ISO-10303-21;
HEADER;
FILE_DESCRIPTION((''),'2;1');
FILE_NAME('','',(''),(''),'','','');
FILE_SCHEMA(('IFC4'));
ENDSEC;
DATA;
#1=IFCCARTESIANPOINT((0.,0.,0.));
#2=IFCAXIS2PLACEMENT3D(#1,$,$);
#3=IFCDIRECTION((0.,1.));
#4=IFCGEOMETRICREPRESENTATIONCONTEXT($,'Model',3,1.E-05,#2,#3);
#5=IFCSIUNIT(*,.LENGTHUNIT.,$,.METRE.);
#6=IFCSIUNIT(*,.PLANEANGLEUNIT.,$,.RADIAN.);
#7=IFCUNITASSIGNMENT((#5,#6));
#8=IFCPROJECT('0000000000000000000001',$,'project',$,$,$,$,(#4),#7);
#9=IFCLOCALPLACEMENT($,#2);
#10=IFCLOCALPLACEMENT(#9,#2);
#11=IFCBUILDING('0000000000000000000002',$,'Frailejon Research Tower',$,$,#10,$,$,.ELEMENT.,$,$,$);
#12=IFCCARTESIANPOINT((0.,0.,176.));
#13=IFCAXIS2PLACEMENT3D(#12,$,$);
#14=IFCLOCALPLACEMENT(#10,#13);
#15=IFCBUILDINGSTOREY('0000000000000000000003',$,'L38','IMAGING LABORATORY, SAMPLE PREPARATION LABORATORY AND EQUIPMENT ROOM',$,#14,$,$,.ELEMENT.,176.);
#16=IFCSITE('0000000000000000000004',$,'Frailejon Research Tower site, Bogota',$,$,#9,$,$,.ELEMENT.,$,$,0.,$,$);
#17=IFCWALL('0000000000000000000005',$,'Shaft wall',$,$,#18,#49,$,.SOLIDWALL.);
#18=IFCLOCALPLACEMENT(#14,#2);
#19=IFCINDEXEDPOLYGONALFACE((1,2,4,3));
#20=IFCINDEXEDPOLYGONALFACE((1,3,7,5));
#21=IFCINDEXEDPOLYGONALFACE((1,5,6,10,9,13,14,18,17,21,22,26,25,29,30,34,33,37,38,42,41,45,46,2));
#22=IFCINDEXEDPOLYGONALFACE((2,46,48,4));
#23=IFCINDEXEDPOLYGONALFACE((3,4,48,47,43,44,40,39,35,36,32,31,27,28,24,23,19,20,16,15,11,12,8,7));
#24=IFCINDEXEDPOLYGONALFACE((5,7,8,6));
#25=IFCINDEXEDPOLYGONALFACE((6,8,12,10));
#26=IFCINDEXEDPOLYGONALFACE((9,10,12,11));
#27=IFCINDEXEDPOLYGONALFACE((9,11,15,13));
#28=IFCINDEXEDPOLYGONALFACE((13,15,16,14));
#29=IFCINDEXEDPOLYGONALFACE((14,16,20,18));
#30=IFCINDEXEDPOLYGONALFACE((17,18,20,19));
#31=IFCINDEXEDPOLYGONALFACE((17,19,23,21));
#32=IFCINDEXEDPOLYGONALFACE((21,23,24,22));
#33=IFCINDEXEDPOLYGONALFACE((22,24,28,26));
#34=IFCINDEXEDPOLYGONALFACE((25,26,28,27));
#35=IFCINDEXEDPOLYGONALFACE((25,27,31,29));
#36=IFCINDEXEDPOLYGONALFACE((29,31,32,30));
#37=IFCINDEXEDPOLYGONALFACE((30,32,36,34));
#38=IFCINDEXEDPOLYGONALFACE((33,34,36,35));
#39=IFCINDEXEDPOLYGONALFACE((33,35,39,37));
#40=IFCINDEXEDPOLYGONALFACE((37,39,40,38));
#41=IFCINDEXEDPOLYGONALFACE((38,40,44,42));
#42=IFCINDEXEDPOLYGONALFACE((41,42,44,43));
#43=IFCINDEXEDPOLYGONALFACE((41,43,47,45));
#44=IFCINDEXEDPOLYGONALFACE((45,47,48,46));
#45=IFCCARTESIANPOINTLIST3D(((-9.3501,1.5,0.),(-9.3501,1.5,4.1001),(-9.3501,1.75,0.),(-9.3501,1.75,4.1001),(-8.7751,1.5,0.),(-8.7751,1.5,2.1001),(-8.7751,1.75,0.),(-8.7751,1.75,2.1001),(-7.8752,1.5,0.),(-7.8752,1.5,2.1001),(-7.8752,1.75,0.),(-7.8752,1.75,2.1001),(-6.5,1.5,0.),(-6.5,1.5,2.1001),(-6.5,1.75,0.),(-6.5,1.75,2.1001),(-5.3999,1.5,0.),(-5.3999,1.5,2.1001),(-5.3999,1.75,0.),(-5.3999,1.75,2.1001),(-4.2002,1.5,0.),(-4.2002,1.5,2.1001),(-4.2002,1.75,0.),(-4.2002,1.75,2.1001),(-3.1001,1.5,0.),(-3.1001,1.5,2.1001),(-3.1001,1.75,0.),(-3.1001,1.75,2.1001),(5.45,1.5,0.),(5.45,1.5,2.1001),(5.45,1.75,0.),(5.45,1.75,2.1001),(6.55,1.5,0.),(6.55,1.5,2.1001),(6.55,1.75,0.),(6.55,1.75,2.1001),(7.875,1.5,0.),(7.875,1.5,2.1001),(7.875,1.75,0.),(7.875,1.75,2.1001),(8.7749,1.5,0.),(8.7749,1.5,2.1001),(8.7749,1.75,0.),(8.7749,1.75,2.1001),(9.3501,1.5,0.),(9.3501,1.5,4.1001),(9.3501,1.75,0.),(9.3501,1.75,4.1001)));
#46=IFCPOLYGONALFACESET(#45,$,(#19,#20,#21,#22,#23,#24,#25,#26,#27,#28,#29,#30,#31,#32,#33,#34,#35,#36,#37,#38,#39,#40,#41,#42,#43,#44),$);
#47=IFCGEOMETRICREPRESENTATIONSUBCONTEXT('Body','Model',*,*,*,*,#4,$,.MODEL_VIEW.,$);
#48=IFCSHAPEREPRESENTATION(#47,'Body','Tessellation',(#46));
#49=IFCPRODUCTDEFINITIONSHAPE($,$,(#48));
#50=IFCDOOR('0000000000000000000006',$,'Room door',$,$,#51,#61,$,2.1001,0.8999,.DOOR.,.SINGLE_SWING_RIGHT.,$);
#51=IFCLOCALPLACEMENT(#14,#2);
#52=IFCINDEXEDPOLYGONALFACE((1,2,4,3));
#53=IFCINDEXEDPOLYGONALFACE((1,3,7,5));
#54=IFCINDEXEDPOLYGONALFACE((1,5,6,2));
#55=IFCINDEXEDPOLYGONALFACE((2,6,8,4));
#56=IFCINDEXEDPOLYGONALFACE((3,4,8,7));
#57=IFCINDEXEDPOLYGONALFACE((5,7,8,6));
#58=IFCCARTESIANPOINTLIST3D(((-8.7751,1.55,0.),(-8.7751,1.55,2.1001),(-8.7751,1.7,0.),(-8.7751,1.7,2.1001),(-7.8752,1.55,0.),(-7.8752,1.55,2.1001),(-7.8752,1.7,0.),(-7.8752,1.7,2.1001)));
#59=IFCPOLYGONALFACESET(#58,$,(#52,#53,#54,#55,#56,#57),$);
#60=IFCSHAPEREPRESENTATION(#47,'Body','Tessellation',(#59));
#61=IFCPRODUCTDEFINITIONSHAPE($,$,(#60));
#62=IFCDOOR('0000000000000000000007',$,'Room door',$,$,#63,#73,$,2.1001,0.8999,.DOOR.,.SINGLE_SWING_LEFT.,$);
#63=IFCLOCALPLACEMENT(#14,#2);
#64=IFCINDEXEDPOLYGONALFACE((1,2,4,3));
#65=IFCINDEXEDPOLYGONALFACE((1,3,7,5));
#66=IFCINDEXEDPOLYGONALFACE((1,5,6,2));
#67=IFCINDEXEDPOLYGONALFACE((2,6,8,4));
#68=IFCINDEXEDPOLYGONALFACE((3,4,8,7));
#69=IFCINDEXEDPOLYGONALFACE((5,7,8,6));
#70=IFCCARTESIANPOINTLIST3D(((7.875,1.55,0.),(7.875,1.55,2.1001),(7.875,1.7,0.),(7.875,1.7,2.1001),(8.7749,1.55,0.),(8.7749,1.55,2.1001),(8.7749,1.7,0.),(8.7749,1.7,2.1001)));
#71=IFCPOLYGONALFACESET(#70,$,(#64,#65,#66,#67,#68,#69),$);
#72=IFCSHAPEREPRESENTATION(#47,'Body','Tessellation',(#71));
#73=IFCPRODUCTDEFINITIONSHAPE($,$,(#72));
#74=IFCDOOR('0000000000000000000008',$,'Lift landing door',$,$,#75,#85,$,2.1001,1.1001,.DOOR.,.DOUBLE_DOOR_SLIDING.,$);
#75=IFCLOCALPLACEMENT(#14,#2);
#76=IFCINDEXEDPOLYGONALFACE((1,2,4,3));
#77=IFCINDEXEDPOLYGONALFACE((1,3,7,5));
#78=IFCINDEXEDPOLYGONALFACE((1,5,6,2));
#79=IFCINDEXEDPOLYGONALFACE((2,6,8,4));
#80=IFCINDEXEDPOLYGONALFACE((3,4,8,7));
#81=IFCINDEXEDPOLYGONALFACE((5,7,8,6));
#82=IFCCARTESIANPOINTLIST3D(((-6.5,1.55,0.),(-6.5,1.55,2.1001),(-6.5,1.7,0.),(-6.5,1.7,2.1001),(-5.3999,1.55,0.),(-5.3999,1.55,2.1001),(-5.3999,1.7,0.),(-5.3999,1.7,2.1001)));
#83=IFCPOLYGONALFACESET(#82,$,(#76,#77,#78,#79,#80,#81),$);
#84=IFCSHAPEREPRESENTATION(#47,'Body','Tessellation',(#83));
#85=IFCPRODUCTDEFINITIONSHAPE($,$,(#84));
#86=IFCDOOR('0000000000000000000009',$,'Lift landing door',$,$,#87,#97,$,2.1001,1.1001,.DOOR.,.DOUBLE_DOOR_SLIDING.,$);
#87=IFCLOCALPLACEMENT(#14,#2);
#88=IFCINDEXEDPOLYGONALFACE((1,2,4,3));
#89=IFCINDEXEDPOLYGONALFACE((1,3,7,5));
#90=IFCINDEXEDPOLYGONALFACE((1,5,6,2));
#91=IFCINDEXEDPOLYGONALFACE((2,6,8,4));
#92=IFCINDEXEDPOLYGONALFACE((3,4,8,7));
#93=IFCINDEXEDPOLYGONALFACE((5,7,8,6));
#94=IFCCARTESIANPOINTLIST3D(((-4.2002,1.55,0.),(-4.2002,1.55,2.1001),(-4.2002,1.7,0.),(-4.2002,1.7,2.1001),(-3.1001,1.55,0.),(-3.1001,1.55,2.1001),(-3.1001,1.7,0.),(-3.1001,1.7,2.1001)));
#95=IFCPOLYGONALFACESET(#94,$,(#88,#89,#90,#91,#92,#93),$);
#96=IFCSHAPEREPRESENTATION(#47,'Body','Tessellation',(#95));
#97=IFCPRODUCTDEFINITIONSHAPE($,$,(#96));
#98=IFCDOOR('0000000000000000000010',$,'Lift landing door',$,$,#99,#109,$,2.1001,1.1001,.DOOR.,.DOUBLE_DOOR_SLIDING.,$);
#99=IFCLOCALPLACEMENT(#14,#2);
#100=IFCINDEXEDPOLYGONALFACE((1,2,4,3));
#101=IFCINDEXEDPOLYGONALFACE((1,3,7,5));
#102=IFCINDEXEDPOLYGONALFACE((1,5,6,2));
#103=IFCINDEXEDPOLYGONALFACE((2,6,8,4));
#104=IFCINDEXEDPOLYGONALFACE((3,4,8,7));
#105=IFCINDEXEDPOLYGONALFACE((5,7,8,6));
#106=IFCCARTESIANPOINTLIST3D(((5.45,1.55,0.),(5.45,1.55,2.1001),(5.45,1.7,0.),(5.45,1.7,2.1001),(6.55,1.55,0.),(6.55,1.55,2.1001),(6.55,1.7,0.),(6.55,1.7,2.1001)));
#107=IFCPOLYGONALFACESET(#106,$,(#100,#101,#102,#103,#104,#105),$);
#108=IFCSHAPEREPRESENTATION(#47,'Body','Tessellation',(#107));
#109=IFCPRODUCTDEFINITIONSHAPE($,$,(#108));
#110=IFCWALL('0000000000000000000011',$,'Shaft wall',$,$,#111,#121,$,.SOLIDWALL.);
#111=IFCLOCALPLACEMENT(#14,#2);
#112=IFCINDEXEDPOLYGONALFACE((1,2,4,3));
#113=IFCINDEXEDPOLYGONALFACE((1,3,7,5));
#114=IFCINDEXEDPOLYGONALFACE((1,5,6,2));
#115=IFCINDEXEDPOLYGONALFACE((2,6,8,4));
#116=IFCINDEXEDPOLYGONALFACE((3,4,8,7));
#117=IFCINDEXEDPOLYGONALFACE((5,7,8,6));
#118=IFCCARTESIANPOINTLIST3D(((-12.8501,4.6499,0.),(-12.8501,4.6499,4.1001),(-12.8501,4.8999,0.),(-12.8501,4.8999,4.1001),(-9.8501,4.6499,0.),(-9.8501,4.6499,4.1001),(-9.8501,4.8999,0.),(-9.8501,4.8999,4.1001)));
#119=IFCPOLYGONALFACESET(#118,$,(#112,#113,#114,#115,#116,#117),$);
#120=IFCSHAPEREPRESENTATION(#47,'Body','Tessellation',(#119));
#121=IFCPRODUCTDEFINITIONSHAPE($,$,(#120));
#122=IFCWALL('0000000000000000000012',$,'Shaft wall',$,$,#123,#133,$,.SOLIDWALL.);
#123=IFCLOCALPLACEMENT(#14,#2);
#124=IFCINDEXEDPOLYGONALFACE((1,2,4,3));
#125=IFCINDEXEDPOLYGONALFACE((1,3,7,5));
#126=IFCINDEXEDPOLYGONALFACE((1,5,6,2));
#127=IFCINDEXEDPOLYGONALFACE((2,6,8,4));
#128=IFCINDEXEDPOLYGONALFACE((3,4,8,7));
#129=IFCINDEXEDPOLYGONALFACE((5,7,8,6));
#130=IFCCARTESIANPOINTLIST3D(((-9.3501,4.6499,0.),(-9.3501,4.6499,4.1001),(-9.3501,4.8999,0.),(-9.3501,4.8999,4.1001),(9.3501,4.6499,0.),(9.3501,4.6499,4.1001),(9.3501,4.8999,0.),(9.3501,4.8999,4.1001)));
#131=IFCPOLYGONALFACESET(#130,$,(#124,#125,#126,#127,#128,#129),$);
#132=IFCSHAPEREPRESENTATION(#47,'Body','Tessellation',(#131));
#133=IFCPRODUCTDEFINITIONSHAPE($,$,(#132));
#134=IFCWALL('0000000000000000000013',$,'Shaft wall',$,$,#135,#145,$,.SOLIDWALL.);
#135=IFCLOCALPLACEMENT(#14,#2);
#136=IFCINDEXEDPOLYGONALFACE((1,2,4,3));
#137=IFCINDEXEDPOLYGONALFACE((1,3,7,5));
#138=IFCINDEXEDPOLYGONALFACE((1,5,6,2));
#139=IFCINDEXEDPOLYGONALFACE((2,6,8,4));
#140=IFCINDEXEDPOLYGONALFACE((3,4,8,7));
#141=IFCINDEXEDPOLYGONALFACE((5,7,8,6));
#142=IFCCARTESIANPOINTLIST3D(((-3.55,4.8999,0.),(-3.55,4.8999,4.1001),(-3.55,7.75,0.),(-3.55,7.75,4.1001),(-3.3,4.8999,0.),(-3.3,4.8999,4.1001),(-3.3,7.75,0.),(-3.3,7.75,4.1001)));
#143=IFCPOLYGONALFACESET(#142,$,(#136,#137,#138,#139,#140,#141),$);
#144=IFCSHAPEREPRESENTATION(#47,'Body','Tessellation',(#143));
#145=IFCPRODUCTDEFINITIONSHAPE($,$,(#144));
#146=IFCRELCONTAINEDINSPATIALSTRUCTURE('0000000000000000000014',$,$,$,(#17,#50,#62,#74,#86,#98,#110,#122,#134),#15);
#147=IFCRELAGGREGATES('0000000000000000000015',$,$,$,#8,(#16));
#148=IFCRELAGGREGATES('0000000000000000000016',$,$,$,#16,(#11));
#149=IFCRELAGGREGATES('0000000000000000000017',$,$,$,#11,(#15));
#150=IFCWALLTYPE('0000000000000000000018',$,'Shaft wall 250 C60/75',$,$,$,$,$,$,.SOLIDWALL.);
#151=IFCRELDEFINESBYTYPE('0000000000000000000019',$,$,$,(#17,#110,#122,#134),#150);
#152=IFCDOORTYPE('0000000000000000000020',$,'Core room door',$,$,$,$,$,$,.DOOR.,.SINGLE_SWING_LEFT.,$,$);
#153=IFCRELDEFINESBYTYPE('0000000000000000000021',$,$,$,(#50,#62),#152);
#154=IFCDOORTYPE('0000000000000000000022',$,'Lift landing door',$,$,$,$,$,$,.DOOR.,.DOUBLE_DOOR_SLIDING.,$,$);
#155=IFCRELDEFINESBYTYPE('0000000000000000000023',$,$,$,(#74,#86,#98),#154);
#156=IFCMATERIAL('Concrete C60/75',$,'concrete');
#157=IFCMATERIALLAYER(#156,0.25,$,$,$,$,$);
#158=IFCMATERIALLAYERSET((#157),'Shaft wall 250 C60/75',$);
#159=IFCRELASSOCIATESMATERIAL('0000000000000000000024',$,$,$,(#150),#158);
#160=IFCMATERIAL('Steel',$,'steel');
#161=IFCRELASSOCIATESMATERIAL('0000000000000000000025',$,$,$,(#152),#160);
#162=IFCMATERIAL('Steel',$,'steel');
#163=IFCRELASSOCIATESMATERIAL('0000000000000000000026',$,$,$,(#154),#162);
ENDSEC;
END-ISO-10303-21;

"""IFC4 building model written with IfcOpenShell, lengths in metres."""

from ifc_helpers import new_model, si_unit, direction, frame, frame_2d, origin, place, context, subcontext, project, spatial, rectangle, extrude, material, layer, layer_set, type_object, element, fill, save


model = new_model("IFC4")

# Units and contexts
model_context = context("Model", 3, precision=1e-05, world=origin(), true_north=direction((0.0, 1.0)))
body_context = subcontext(model_context, "Body", "Model", "MODEL_VIEW")
ifc_project = project(units=[si_unit("LENGTHUNIT", "METRE"), si_unit("PLANEANGLEUNIT", "RADIAN")], contexts=[model_context])

# Site, building, storey
site_placement = place(None, origin())
site = spatial("IfcSite", under=ifc_project, at=site_placement, Name="Frailejon Research Tower site, Bogota", CompositionType="ELEMENT", RefElevation=0.0)
building_placement = place(site_placement, origin())
building = spatial("IfcBuilding", under=site, at=building_placement, Name="Frailejon Research Tower", CompositionType="ELEMENT")
storey_placement = place(building_placement, frame((0.0, 0.0, 176.0)))
storey = spatial("IfcBuildingStorey", under=building, at=storey_placement, Name="L38", Description="IMAGING LABORATORY, SAMPLE PREPARATION LABORATORY AND EQUIPMENT ROOM", CompositionType="ELEMENT", Elevation=176.0)

# Shared definitions
ifc_material_1 = material(Name="Concrete C60/75", Category="concrete")
ifc_layer_1 = layer(ifc_material_1, 0.25)
ifc_layer_set_1 = layer_set([ifc_layer_1], Name="Shaft wall 250 C60/75")
wall_type_1 = type_object("IfcWallType", Name="Shaft wall 250 C60/75", PredefinedType="SOLIDWALL", material=ifc_layer_set_1)
ifc_material_2 = material(Name="Steel", Category="steel")
door_type_1 = type_object("IfcDoorType", Name="Core room door", OperationType="SINGLE_SWING_LEFT", PredefinedType="DOOR", material=ifc_material_2)

# Wall, openings, doors
wall_1_placement = place(storey_placement, frame((-9.3501, 1.625, 0.0), z_axis=(0.0, 0.0, 1.0), x_axis=(1.0, 0.0, 0.0)))
wall_1 = element("IfcWall", 1, at=wall_1_placement, inside=storey, type_object=wall_type_1, Name="Shaft wall", PredefinedType="SOLIDWALL", context=body_context, shape_type="SweptSolid", body=[
    extrude(rectangle(XDim=18.7002, YDim=0.25, at=frame_2d((9.3501, 0.0))), origin(), (0.0, 0.0, 1.0), 4.1001),
])
opening_1_placement = place(wall_1_placement, frame((2.8501, 0.0, 0.0)))
opening_1 = element("IfcOpeningElement", 2, at=opening_1_placement, cuts=wall_1, PredefinedType="OPENING", context=body_context, shape_type="SweptSolid", body=[
    extrude(rectangle(XDim=1.1001, YDim=2.1001, at=frame_2d((0.55, 1.05))), frame((0.0, 0.135, 0.0), z_axis=(0.0, -1.0, 0.0), x_axis=(1.0, 0.0, 0.0)), (0.0, 0.0, 1.0), 0.27),
])
opening_2_placement = place(wall_1_placement, frame((5.1499, 0.0, 0.0)))
opening_2 = element("IfcOpeningElement", 3, at=opening_2_placement, cuts=wall_1, PredefinedType="OPENING", context=body_context, shape_type="SweptSolid", body=[
    extrude(rectangle(XDim=1.1001, YDim=2.1001, at=frame_2d((0.55, 1.05))), frame((0.0, 0.135, 0.0), z_axis=(0.0, -1.0, 0.0), x_axis=(1.0, 0.0, 0.0)), (0.0, 0.0, 1.0), 0.27),
])
opening_3_placement = place(wall_1_placement, frame((14.8, 0.0, 0.0)))
opening_3 = element("IfcOpeningElement", 4, at=opening_3_placement, cuts=wall_1, PredefinedType="OPENING", context=body_context, shape_type="SweptSolid", body=[
    extrude(rectangle(XDim=1.1001, YDim=2.1001, at=frame_2d((0.55, 1.05))), frame((0.0, 0.135, 0.0), z_axis=(0.0, -1.0, 0.0), x_axis=(1.0, 0.0, 0.0)), (0.0, 0.0, 1.0), 0.27),
])
opening_4_placement = place(wall_1_placement, frame((0.575, 0.0, 0.0)))
opening_4 = element("IfcOpeningElement", 5, at=opening_4_placement, cuts=wall_1, PredefinedType="OPENING", context=body_context, shape_type="SweptSolid", body=[
    extrude(rectangle(XDim=0.8999, YDim=2.1001, at=frame_2d((0.45, 1.05))), frame((0.0, 0.135, 0.0), z_axis=(0.0, -1.0, 0.0), x_axis=(1.0, 0.0, 0.0)), (0.0, 0.0, 1.0), 0.27),
])
opening_5_placement = place(wall_1_placement, frame((17.2251, 0.0, 0.0)))
opening_5 = element("IfcOpeningElement", 6, at=opening_5_placement, cuts=wall_1, PredefinedType="OPENING", context=body_context, shape_type="SweptSolid", body=[
    extrude(rectangle(XDim=0.8999, YDim=2.1001, at=frame_2d((0.45, 1.05))), frame((0.0, 0.135, 0.0), z_axis=(0.0, -1.0, 0.0), x_axis=(1.0, 0.0, 0.0)), (0.0, 0.0, 1.0), 0.27),
])
door_1_placement = place(opening_4_placement, origin())
door_1 = element("IfcDoor", 7, at=door_1_placement, inside=storey, type_object=door_type_1, Name="Room door", OperationType="SINGLE_SWING_RIGHT", OverallHeight=2.1001, OverallWidth=0.8999, PredefinedType="DOOR", context=body_context, shape_type="SweptSolid", body=[
    extrude(rectangle(XDim=0.8999, YDim=2.1001, at=frame_2d((0.45, 1.05))), frame((0.0, 0.075, 0.0), z_axis=(0.0, -1.0, 0.0), x_axis=(1.0, 0.0, 0.0)), (0.0, 0.0, 1.0), 0.1499),
])
fill(opening_4, door_1)
door_2_placement = place(opening_5_placement, origin())
door_2 = element("IfcDoor", 8, at=door_2_placement, inside=storey, type_object=door_type_1, Name="Room door", OperationType="SINGLE_SWING_LEFT", OverallHeight=2.1001, OverallWidth=0.8999, PredefinedType="DOOR", context=body_context, shape_type="SweptSolid", body=[
    extrude(rectangle(XDim=0.8999, YDim=2.1001, at=frame_2d((0.45, 1.05))), frame((0.0, 0.075, 0.0), z_axis=(0.0, -1.0, 0.0), x_axis=(1.0, 0.0, 0.0)), (0.0, 0.0, 1.0), 0.1499),
])
fill(opening_5, door_2)
ifc_material_3 = material(Name="Steel", Category="steel")
door_type_2 = type_object("IfcDoorType", Name="Lift landing door", OperationType="DOUBLE_DOOR_SLIDING", PredefinedType="DOOR", material=ifc_material_3)
door_3_placement = place(opening_1_placement, origin())
door_3 = element("IfcDoor", 9, at=door_3_placement, inside=storey, type_object=door_type_2, Name="Lift landing door", OperationType="DOUBLE_DOOR_SLIDING", OverallHeight=2.1001, OverallWidth=1.1001, PredefinedType="DOOR", context=body_context, shape_type="SweptSolid", body=[
    extrude(rectangle(XDim=1.1001, YDim=2.1001, at=frame_2d((0.55, 1.05))), frame((0.0, 0.075, 0.0), z_axis=(0.0, -1.0, 0.0), x_axis=(1.0, 0.0, 0.0)), (0.0, 0.0, 1.0), 0.1499),
])
fill(opening_1, door_3)
door_4_placement = place(opening_2_placement, origin())
door_4 = element("IfcDoor", 10, at=door_4_placement, inside=storey, type_object=door_type_2, Name="Lift landing door", OperationType="DOUBLE_DOOR_SLIDING", OverallHeight=2.1001, OverallWidth=1.1001, PredefinedType="DOOR", context=body_context, shape_type="SweptSolid", body=[
    extrude(rectangle(XDim=1.1001, YDim=2.1001, at=frame_2d((0.55, 1.05))), frame((0.0, 0.075, 0.0), z_axis=(0.0, -1.0, 0.0), x_axis=(1.0, 0.0, 0.0)), (0.0, 0.0, 1.0), 0.1499),
])
fill(opening_2, door_4)
door_5_placement = place(opening_3_placement, origin())
door_5 = element("IfcDoor", 11, at=door_5_placement, inside=storey, type_object=door_type_2, Name="Lift landing door", OperationType="DOUBLE_DOOR_SLIDING", OverallHeight=2.1001, OverallWidth=1.1001, PredefinedType="DOOR", context=body_context, shape_type="SweptSolid", body=[
    extrude(rectangle(XDim=1.1001, YDim=2.1001, at=frame_2d((0.55, 1.05))), frame((0.0, 0.075, 0.0), z_axis=(0.0, -1.0, 0.0), x_axis=(1.0, 0.0, 0.0)), (0.0, 0.0, 1.0), 0.1499),
])
fill(opening_3, door_5)

# Walls
wall_2_placement = place(storey_placement, frame((-12.8501, 4.7749, 0.0), z_axis=(0.0, 0.0, 1.0), x_axis=(1.0, 0.0, 0.0)))
element("IfcWall", 12, at=wall_2_placement, inside=storey, type_object=wall_type_1, Name="Shaft wall", PredefinedType="SOLIDWALL", context=body_context, shape_type="SweptSolid", body=[
    extrude(rectangle(XDim=3.0, YDim=0.25, at=frame_2d((1.5, 0.0))), origin(), (0.0, 0.0, 1.0), 4.1001),
])
wall_3_placement = place(storey_placement, frame((-9.3501, 4.7749, 0.0), z_axis=(0.0, 0.0, 1.0), x_axis=(1.0, 0.0, 0.0)))
element("IfcWall", 13, at=wall_3_placement, inside=storey, type_object=wall_type_1, Name="Shaft wall", PredefinedType="SOLIDWALL", context=body_context, shape_type="SweptSolid", body=[
    extrude(rectangle(XDim=18.7002, YDim=0.25, at=frame_2d((9.3501, 0.0))), origin(), (0.0, 0.0, 1.0), 4.1001),
])
wall_4_placement = place(storey_placement, frame((-3.425, 4.8999, 0.0), z_axis=(0.0, 0.0, 1.0), x_axis=(0.0, 1.0, 0.0)))
element("IfcWall", 14, at=wall_4_placement, inside=storey, type_object=wall_type_1, Name="Shaft wall", PredefinedType="SOLIDWALL", context=body_context, shape_type="SweptSolid", body=[
    extrude(rectangle(XDim=2.8501, YDim=0.25, at=frame_2d((1.425, 0.0))), origin(), (0.0, 0.0, 1.0), 4.1001),
])

save(model, "model.ifc")
